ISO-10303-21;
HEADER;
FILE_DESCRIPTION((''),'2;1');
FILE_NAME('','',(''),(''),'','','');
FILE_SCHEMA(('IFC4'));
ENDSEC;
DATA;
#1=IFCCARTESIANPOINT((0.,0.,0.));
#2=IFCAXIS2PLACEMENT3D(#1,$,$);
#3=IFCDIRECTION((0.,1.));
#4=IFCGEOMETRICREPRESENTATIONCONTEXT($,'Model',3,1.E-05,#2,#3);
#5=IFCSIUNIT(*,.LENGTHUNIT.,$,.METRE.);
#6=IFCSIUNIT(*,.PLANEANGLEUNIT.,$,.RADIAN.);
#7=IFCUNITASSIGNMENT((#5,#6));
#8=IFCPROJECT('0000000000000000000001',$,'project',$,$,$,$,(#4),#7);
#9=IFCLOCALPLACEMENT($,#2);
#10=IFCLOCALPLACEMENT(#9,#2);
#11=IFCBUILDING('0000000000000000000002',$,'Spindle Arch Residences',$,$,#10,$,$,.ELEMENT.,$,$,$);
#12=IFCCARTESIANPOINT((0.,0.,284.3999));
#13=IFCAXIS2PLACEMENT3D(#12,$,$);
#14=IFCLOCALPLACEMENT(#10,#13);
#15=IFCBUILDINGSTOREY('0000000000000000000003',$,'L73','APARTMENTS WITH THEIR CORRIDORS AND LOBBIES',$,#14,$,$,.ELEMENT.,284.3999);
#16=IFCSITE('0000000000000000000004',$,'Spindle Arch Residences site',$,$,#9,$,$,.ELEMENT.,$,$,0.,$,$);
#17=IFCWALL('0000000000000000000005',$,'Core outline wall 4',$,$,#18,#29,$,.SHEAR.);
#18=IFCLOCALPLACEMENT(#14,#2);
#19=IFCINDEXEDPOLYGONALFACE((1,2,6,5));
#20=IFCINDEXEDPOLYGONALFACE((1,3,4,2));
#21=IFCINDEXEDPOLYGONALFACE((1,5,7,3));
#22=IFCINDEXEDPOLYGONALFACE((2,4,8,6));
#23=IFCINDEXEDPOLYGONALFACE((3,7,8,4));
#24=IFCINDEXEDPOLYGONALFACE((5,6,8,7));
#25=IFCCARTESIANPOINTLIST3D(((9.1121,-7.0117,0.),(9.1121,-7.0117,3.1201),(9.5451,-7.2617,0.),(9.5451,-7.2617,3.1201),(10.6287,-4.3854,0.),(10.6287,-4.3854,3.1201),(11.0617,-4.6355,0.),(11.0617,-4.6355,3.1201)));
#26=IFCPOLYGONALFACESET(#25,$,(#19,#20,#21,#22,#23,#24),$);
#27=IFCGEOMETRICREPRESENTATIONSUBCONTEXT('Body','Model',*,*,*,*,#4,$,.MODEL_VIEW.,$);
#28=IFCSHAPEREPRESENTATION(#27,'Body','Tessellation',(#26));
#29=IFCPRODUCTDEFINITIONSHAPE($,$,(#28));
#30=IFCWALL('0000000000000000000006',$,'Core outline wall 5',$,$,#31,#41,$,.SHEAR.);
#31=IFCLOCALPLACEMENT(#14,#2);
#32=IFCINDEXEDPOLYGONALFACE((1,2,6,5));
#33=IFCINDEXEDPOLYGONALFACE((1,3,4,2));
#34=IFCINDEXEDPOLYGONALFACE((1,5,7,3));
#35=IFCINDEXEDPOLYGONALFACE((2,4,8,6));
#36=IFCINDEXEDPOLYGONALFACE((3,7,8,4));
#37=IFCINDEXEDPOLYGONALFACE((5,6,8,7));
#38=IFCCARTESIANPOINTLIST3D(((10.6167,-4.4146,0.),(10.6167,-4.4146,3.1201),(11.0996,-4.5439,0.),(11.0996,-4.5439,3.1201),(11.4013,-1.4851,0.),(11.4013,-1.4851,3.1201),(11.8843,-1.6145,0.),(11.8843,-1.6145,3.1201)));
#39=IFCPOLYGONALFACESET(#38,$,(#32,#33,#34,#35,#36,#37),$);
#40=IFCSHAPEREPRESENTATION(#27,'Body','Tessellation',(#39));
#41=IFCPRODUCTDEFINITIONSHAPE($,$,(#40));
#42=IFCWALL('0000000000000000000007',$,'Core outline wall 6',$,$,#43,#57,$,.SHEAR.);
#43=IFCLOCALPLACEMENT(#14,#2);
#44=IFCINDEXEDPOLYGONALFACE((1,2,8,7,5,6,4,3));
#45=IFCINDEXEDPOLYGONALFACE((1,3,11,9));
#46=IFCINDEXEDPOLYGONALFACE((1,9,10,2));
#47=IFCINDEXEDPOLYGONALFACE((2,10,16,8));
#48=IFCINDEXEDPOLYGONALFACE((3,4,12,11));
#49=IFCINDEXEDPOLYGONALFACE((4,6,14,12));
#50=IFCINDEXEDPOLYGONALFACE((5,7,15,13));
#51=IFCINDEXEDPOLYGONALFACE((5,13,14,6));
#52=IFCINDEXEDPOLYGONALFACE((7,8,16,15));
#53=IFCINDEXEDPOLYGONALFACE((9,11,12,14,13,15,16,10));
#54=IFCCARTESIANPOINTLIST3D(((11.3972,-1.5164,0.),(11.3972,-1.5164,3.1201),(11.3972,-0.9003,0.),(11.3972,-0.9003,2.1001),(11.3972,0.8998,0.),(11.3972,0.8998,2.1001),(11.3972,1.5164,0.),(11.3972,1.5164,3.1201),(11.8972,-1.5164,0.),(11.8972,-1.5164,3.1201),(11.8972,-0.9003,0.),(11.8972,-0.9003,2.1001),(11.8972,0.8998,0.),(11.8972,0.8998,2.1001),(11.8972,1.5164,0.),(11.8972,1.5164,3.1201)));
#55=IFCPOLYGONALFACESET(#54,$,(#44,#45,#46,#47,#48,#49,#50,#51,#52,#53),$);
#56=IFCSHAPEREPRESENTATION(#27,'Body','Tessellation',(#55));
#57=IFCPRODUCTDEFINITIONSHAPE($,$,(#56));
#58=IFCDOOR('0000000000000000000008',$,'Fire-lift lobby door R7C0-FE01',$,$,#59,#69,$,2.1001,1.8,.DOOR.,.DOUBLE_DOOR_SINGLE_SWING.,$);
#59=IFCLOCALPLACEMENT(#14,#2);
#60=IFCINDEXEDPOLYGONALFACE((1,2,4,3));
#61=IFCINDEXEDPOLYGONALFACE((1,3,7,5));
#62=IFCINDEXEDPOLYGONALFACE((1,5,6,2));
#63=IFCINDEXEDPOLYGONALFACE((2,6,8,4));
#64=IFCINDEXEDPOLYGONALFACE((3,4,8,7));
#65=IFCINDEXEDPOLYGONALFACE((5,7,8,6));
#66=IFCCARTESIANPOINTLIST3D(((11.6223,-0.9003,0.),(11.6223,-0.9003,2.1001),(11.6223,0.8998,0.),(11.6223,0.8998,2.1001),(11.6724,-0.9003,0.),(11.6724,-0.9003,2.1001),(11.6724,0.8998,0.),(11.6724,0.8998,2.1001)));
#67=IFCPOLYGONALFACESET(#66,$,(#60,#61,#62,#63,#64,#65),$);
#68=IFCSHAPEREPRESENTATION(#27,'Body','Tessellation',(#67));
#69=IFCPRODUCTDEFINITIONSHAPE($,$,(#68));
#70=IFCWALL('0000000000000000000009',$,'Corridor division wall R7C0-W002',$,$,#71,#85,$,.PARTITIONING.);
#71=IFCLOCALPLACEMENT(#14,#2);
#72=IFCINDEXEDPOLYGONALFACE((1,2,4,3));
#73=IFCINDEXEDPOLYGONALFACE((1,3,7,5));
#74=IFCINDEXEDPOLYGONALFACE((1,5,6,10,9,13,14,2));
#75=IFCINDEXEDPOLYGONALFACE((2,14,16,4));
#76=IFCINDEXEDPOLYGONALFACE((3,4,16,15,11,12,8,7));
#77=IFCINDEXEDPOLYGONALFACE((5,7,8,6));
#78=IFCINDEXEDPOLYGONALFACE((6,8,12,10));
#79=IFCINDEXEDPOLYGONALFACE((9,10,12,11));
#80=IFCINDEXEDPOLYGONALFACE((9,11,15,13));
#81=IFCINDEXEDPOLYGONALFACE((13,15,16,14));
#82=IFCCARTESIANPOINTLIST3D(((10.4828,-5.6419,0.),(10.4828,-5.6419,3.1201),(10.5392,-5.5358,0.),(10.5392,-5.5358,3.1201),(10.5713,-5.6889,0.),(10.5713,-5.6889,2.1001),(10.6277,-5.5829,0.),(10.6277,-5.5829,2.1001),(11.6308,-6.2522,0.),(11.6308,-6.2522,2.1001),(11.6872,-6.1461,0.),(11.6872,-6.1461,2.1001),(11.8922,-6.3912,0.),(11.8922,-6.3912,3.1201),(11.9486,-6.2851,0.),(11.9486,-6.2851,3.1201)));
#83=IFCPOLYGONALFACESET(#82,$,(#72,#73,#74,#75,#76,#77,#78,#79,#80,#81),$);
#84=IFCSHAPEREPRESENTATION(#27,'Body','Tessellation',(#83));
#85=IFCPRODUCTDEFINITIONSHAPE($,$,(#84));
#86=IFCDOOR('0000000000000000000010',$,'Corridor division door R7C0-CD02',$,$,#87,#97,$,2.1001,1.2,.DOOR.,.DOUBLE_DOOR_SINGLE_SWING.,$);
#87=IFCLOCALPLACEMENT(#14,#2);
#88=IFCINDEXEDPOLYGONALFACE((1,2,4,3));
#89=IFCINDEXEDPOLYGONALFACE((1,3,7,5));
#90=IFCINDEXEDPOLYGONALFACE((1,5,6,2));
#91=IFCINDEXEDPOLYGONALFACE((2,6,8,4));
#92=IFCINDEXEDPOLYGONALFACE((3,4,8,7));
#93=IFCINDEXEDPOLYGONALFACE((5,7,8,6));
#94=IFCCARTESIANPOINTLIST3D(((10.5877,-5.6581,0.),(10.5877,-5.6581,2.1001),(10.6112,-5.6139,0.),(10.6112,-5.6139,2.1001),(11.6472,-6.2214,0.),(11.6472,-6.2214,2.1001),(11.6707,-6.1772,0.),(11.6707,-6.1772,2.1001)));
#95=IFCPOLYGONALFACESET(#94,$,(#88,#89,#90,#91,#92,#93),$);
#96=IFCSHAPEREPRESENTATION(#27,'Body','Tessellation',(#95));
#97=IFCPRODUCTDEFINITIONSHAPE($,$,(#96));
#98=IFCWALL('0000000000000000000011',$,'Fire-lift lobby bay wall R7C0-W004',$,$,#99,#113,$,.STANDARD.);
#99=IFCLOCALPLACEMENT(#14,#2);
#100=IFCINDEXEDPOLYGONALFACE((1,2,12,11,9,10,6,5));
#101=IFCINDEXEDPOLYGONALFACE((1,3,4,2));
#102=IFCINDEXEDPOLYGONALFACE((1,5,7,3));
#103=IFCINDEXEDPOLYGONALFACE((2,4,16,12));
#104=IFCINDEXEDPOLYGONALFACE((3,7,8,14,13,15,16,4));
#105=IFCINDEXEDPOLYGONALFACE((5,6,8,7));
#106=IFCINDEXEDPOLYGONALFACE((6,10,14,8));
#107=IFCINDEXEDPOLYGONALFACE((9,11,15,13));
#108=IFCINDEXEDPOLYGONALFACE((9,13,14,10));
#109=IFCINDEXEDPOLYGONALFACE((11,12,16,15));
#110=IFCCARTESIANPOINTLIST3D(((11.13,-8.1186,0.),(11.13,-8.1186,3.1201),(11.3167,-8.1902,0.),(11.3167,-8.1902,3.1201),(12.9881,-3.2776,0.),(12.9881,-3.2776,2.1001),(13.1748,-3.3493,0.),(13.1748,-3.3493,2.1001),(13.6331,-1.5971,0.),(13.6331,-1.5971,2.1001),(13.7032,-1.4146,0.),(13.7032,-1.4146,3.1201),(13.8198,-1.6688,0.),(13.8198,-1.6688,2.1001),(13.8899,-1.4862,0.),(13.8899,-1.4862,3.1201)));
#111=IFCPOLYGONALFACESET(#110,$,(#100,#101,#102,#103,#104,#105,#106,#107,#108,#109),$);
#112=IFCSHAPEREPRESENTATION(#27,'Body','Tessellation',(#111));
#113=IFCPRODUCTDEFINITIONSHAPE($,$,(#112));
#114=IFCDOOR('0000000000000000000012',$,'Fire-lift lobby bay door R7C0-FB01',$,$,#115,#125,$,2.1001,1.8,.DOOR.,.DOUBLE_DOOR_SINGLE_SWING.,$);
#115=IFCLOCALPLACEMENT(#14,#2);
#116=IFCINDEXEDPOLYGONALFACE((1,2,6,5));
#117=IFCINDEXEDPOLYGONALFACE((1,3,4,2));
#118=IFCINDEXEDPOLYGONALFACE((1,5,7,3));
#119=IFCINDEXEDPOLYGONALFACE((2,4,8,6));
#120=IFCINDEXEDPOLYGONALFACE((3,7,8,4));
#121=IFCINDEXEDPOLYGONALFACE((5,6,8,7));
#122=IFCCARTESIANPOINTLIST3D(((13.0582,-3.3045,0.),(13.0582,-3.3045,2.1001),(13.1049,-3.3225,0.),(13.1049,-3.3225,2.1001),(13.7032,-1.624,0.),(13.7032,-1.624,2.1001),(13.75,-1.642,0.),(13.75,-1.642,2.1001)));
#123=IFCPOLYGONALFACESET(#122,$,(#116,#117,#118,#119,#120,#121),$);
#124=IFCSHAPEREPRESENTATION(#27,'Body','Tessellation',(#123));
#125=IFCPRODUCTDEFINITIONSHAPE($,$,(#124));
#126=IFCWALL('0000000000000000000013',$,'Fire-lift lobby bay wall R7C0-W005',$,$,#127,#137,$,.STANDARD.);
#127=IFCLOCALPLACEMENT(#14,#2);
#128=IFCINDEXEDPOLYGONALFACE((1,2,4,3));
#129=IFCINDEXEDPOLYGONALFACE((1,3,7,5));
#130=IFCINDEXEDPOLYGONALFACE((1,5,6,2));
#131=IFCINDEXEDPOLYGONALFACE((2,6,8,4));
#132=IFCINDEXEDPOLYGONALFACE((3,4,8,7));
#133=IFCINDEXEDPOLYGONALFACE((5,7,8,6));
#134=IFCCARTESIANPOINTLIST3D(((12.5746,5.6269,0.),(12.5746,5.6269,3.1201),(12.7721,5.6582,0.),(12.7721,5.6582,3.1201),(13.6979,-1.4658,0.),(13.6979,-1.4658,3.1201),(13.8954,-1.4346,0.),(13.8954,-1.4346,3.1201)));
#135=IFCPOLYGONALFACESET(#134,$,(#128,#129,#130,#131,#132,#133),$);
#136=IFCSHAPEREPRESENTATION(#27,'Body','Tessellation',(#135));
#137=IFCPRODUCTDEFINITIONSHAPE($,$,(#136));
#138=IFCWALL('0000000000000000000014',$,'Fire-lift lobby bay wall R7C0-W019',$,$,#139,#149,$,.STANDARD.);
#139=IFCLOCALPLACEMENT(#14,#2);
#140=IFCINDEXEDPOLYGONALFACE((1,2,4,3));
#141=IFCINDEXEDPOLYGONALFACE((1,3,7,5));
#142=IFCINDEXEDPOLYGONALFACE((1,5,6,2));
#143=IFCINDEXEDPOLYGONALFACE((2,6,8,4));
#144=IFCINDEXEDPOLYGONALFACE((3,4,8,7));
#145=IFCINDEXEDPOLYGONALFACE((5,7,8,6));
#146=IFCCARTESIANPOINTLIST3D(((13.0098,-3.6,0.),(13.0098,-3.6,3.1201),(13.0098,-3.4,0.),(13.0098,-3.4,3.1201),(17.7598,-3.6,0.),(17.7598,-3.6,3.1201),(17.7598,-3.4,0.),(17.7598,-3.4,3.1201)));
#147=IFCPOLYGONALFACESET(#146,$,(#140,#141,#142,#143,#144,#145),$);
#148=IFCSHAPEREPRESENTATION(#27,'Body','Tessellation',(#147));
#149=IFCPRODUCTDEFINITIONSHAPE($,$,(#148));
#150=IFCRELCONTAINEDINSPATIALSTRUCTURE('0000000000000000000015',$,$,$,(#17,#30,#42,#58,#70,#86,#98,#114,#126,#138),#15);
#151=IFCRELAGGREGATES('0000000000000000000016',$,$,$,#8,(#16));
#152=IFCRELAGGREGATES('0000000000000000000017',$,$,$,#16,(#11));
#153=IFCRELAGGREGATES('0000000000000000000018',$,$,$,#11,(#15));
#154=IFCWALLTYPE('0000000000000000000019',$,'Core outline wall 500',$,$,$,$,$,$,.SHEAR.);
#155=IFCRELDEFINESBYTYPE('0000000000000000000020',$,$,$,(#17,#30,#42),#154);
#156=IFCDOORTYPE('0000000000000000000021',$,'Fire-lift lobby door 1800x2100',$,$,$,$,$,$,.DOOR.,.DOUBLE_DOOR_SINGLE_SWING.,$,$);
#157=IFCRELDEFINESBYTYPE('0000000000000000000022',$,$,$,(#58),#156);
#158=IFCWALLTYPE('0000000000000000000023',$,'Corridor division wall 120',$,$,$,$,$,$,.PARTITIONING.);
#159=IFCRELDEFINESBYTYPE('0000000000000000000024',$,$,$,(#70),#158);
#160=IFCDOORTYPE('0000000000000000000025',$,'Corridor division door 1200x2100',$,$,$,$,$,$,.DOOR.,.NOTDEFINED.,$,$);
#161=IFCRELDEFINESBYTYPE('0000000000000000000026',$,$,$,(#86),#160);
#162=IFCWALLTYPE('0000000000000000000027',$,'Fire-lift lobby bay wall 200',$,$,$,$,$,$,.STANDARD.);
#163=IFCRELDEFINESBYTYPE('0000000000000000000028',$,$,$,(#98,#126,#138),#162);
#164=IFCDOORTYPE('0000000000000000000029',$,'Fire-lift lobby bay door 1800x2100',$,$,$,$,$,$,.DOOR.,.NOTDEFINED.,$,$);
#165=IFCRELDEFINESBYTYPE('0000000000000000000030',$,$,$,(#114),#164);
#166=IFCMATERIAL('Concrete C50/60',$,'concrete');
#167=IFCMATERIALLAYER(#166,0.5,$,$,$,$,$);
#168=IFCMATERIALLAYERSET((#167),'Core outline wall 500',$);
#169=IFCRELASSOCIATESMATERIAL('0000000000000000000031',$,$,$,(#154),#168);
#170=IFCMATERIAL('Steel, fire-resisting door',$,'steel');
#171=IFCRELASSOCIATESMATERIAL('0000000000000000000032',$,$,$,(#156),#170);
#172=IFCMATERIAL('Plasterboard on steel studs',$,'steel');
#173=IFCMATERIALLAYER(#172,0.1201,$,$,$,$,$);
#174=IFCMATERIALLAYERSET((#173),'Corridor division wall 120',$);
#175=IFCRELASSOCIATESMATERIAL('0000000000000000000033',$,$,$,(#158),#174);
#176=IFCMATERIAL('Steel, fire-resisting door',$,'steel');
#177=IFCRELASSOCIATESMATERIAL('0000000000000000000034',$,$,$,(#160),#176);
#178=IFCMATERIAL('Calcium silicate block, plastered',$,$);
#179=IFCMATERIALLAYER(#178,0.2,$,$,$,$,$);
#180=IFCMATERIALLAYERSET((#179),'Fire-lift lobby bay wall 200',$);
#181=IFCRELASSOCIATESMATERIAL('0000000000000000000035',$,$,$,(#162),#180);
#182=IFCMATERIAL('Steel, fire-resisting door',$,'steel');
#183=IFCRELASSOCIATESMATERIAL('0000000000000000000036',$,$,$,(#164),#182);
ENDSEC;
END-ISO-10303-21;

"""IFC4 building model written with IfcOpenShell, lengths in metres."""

from ifc_helpers import new_model, si_unit, direction, frame, frame_2d, origin, place, context, subcontext, project, spatial, rectangle, extrude, material, layer, layer_set, type_object, element, fill, save


model = new_model("IFC4")

# Units and contexts
model_context = context("Model", 3, precision=1e-05, world=origin(), true_north=direction((0.0, 1.0)))
body_context = subcontext(model_context, "Body", "Model", "MODEL_VIEW")
ifc_project = project(units=[si_unit("LENGTHUNIT", "METRE"), si_unit("PLANEANGLEUNIT", "RADIAN")], contexts=[model_context])

# Site, building, storey
site_placement = place(None, origin())
site = spatial("IfcSite", under=ifc_project, at=site_placement, Name="Spindle Arch Residences site", CompositionType="ELEMENT", RefElevation=0.0)
building_placement = place(site_placement, origin())
building = spatial("IfcBuilding", under=site, at=building_placement, Name="Spindle Arch Residences", CompositionType="ELEMENT")
storey_placement = place(building_placement, frame((0.0, 0.0, 284.3999)))
storey = spatial("IfcBuildingStorey", under=building, at=storey_placement, Name="L73", Description="APARTMENTS WITH THEIR CORRIDORS AND LOBBIES", CompositionType="ELEMENT", Elevation=284.3999)

# Walls
ifc_material_1 = material(Name="Concrete C50/60", Category="concrete")
ifc_layer_1 = layer(ifc_material_1, 0.5)
ifc_layer_set_1 = layer_set([ifc_layer_1], Name="Core outline wall 500")
wall_type_1 = type_object("IfcWallType", Name="Core outline wall 500", PredefinedType="SHEAR", material=ifc_layer_set_1)
for number, where, z_axis, x_axis, name in (
    (1, (9.3286, -7.1367, 0.0), (0.0, 0.0, 1.0), (0.500087, 0.865975, 0.0), "Core outline wall 4"),
    (2, (10.8582, -4.4792, 0.0), (0.0, 0.0, 1.0), (0.258735, 0.965948, 0.0), "Core outline wall 5"),
):
    element("IfcWall", number, at=place(storey_placement, frame(where, z_axis=z_axis, x_axis=x_axis)), inside=storey, type_object=wall_type_1, Name=name, PredefinedType="SHEAR", context=body_context, shape_type="SweptSolid", body=[
        extrude(rectangle(XDim=3.0327, YDim=0.5, at=frame_2d((1.5164, 0.0))), origin(), (0.0, 0.0, 1.0), 3.1201),
    ])

# Walls, openings, doors
wall_1_placement = place(storey_placement, frame((11.6472, -1.5164, 0.0), z_axis=(0.0, 0.0, 1.0), x_axis=(0.0, 1.0, 0.0)))
wall_1 = element("IfcWall", 3, at=wall_1_placement, inside=storey, type_object=wall_type_1, Name="Core outline wall 6", PredefinedType="SHEAR", context=body_context, shape_type="SweptSolid", body=[
    extrude(rectangle(XDim=3.0327, YDim=0.5, at=frame_2d((1.5164, 0.0))), origin(), (0.0, 0.0, 1.0), 3.1201),
])
opening_1_placement = place(wall_1_placement, frame((0.6162, 0.0, 0.0)))
opening_1 = element("IfcOpeningElement", 4, at=opening_1_placement, cuts=wall_1, PredefinedType="OPENING", context=body_context, shape_type="SweptSolid", body=[
    extrude(rectangle(XDim=1.8, YDim=2.1001, at=frame_2d((0.8999, 1.05))), frame((0.0, 0.26, 0.0), z_axis=(0.0, -1.0, 0.0), x_axis=(1.0, 0.0, 0.0)), (0.0, 0.0, 1.0), 0.52),
])
ifc_material_2 = material(Name="Steel, fire-resisting door", Category="steel")
door_type_1 = type_object("IfcDoorType", Name="Fire-lift lobby door 1800x2100", OperationType="DOUBLE_DOOR_SINGLE_SWING", PredefinedType="DOOR", material=ifc_material_2)
door_1_placement = place(opening_1_placement, origin())
door_1 = element("IfcDoor", 5, at=door_1_placement, inside=storey, type_object=door_type_1, Name="Fire-lift lobby door R7C0-FE01", OperationType="DOUBLE_DOOR_SINGLE_SWING", OverallHeight=2.1001, OverallWidth=1.8, PredefinedType="DOOR", context=body_context, shape_type="SweptSolid", body=[
    extrude(rectangle(XDim=1.8, YDim=2.1001, at=frame_2d((0.8999, 1.05))), frame((0.0, 0.0249, 0.0), z_axis=(0.0, -1.0, 0.0), x_axis=(1.0, 0.0, 0.0)), (0.0, 0.0, 1.0), 0.05),
])
fill(opening_1, door_1)
ifc_material_3 = material(Name="Plasterboard on steel studs", Category="steel")
ifc_layer_2 = layer(ifc_material_3, 0.1201)
ifc_layer_set_2 = layer_set([ifc_layer_2], Name="Corridor division wall 120")
wall_type_2 = type_object("IfcWallType", Name="Corridor division wall 120", PredefinedType="PARTITIONING", material=ifc_layer_set_2)
wall_2_placement = place(storey_placement, frame((10.511, -5.5889, 0.0), z_axis=(0.0, 0.0, 1.0), x_axis=(0.882983, -0.469405, 0.0)))
wall_2 = element("IfcWall", 6, at=wall_2_placement, inside=storey, type_object=wall_type_2, Name="Corridor division wall R7C0-W002", PredefinedType="PARTITIONING", context=body_context, shape_type="SweptSolid", body=[
    extrude(rectangle(XDim=1.5962, YDim=0.1201, at=frame_2d((0.7981, 0.0))), origin(), (0.0, 0.0, 1.0), 3.1201),
])
opening_2_placement = place(wall_2_placement, frame((0.1001, 0.0, 0.0)))
opening_2 = element("IfcOpeningElement", 7, at=opening_2_placement, cuts=wall_2, PredefinedType="OPENING", context=body_context, shape_type="SweptSolid", body=[
    extrude(rectangle(XDim=1.2, YDim=2.1001, at=frame_2d((0.6001, 1.05))), frame((0.0, 0.0701, 0.0), z_axis=(0.0, -1.0, 0.0), x_axis=(1.0, 0.0, 0.0)), (0.0, 0.0, 1.0), 0.1401),
])
ifc_material_4 = material(Name="Steel, fire-resisting door", Category="steel")
door_type_2 = type_object("IfcDoorType", Name="Corridor division door 1200x2100", OperationType="NOTDEFINED", PredefinedType="DOOR", material=ifc_material_4)
door_2_placement = place(opening_2_placement, origin())
door_2 = element("IfcDoor", 8, at=door_2_placement, inside=storey, type_object=door_type_2, Name="Corridor division door R7C0-CD02", OperationType="DOUBLE_DOOR_SINGLE_SWING", OverallHeight=2.1001, OverallWidth=1.2, PredefinedType="DOOR", context=body_context, shape_type="SweptSolid", body=[
    extrude(rectangle(XDim=1.2, YDim=2.1001, at=frame_2d((0.6001, 1.05))), frame((0.0, 0.0249, 0.0), z_axis=(0.0, -1.0, 0.0), x_axis=(1.0, 0.0, 0.0)), (0.0, 0.0, 1.0), 0.05),
])
fill(opening_2, door_2)
ifc_material_5 = material(Name="Calcium silicate block, plastered")
ifc_layer_3 = layer(ifc_material_5, 0.2)
ifc_layer_set_3 = layer_set([ifc_layer_3], Name="Fire-lift lobby bay wall 200")
wall_type_3 = type_object("IfcWallType", Name="Fire-lift lobby bay wall 200", PredefinedType="STANDARD", material=ifc_layer_set_3)
wall_3_placement = place(storey_placement, frame((11.2234, -8.1543, 0.0), z_axis=(0.0, 0.0, 1.0), x_axis=(0.358341, 0.933591, 0.0)))
wall_3 = element("IfcWall", 9, at=wall_3_placement, inside=storey, type_object=wall_type_3, Name="Fire-lift lobby bay wall R7C0-W004", PredefinedType="STANDARD", context=body_context, shape_type="SweptSolid", body=[
    extrude(rectangle(XDim=7.1809, YDim=0.2, at=frame_2d((3.5903, 0.0))), origin(), (0.0, 0.0, 1.0), 3.1201),
])
opening_3_placement = place(wall_3_placement, frame((5.1853, 0.0, 0.0)))
opening_3 = element("IfcOpeningElement", 10, at=opening_3_placement, cuts=wall_3, PredefinedType="OPENING", context=body_context, shape_type="SweptSolid", body=[
    extrude(rectangle(XDim=1.8, YDim=2.1001, at=frame_2d((0.8999, 1.05))), frame((0.0, 0.1099, 0.0), z_axis=(0.0, -1.0, 0.0), x_axis=(1.0, 0.0, 0.0)), (0.0, 0.0, 1.0), 0.22),
])
ifc_material_6 = material(Name="Steel, fire-resisting door", Category="steel")
door_type_3 = type_object("IfcDoorType", Name="Fire-lift lobby bay door 1800x2100", OperationType="NOTDEFINED", PredefinedType="DOOR", material=ifc_material_6)
door_3_placement = place(opening_3_placement, origin())
door_3 = element("IfcDoor", 11, at=door_3_placement, inside=storey, type_object=door_type_3, Name="Fire-lift lobby bay door R7C0-FB01", OperationType="DOUBLE_DOOR_SINGLE_SWING", OverallHeight=2.1001, OverallWidth=1.8, PredefinedType="DOOR", context=body_context, shape_type="SweptSolid", body=[
    extrude(rectangle(XDim=1.8, YDim=2.1001, at=frame_2d((0.8999, 1.05))), frame((0.0, 0.0249, 0.0), z_axis=(0.0, -1.0, 0.0), x_axis=(1.0, 0.0, 0.0)), (0.0, 0.0, 1.0), 0.05),
])
fill(opening_3, door_3)

# Walls
wall_4_placement = place(storey_placement, frame((13.7966, -1.4502, 0.0), z_axis=(0.0, 0.0, 1.0), x_axis=(-0.156422, 0.98769, 0.0)))
element("IfcWall", 12, at=wall_4_placement, inside=storey, type_object=wall_type_3, Name="Fire-lift lobby bay wall R7C0-W005", PredefinedType="STANDARD", context=body_context, shape_type="SweptSolid", body=[
    extrude(rectangle(XDim=7.1812, YDim=0.2, at=frame_2d((3.5906, 0.0))), origin(), (0.0, 0.0, 1.0), 3.1201),
])
wall_5_placement = place(storey_placement, frame((13.0098, -3.5, 0.0), z_axis=(0.0, 0.0, 1.0), x_axis=(1.0, 0.0, 0.0)))
element("IfcWall", 13, at=wall_5_placement, inside=storey, type_object=wall_type_3, Name="Fire-lift lobby bay wall R7C0-W019", PredefinedType="STANDARD", context=body_context, shape_type="SweptSolid", body=[
    extrude(rectangle(XDim=4.75, YDim=0.2, at=frame_2d((2.375, 0.0))), origin(), (0.0, 0.0, 1.0), 3.1201),
])

save(model, "model.ifc")
